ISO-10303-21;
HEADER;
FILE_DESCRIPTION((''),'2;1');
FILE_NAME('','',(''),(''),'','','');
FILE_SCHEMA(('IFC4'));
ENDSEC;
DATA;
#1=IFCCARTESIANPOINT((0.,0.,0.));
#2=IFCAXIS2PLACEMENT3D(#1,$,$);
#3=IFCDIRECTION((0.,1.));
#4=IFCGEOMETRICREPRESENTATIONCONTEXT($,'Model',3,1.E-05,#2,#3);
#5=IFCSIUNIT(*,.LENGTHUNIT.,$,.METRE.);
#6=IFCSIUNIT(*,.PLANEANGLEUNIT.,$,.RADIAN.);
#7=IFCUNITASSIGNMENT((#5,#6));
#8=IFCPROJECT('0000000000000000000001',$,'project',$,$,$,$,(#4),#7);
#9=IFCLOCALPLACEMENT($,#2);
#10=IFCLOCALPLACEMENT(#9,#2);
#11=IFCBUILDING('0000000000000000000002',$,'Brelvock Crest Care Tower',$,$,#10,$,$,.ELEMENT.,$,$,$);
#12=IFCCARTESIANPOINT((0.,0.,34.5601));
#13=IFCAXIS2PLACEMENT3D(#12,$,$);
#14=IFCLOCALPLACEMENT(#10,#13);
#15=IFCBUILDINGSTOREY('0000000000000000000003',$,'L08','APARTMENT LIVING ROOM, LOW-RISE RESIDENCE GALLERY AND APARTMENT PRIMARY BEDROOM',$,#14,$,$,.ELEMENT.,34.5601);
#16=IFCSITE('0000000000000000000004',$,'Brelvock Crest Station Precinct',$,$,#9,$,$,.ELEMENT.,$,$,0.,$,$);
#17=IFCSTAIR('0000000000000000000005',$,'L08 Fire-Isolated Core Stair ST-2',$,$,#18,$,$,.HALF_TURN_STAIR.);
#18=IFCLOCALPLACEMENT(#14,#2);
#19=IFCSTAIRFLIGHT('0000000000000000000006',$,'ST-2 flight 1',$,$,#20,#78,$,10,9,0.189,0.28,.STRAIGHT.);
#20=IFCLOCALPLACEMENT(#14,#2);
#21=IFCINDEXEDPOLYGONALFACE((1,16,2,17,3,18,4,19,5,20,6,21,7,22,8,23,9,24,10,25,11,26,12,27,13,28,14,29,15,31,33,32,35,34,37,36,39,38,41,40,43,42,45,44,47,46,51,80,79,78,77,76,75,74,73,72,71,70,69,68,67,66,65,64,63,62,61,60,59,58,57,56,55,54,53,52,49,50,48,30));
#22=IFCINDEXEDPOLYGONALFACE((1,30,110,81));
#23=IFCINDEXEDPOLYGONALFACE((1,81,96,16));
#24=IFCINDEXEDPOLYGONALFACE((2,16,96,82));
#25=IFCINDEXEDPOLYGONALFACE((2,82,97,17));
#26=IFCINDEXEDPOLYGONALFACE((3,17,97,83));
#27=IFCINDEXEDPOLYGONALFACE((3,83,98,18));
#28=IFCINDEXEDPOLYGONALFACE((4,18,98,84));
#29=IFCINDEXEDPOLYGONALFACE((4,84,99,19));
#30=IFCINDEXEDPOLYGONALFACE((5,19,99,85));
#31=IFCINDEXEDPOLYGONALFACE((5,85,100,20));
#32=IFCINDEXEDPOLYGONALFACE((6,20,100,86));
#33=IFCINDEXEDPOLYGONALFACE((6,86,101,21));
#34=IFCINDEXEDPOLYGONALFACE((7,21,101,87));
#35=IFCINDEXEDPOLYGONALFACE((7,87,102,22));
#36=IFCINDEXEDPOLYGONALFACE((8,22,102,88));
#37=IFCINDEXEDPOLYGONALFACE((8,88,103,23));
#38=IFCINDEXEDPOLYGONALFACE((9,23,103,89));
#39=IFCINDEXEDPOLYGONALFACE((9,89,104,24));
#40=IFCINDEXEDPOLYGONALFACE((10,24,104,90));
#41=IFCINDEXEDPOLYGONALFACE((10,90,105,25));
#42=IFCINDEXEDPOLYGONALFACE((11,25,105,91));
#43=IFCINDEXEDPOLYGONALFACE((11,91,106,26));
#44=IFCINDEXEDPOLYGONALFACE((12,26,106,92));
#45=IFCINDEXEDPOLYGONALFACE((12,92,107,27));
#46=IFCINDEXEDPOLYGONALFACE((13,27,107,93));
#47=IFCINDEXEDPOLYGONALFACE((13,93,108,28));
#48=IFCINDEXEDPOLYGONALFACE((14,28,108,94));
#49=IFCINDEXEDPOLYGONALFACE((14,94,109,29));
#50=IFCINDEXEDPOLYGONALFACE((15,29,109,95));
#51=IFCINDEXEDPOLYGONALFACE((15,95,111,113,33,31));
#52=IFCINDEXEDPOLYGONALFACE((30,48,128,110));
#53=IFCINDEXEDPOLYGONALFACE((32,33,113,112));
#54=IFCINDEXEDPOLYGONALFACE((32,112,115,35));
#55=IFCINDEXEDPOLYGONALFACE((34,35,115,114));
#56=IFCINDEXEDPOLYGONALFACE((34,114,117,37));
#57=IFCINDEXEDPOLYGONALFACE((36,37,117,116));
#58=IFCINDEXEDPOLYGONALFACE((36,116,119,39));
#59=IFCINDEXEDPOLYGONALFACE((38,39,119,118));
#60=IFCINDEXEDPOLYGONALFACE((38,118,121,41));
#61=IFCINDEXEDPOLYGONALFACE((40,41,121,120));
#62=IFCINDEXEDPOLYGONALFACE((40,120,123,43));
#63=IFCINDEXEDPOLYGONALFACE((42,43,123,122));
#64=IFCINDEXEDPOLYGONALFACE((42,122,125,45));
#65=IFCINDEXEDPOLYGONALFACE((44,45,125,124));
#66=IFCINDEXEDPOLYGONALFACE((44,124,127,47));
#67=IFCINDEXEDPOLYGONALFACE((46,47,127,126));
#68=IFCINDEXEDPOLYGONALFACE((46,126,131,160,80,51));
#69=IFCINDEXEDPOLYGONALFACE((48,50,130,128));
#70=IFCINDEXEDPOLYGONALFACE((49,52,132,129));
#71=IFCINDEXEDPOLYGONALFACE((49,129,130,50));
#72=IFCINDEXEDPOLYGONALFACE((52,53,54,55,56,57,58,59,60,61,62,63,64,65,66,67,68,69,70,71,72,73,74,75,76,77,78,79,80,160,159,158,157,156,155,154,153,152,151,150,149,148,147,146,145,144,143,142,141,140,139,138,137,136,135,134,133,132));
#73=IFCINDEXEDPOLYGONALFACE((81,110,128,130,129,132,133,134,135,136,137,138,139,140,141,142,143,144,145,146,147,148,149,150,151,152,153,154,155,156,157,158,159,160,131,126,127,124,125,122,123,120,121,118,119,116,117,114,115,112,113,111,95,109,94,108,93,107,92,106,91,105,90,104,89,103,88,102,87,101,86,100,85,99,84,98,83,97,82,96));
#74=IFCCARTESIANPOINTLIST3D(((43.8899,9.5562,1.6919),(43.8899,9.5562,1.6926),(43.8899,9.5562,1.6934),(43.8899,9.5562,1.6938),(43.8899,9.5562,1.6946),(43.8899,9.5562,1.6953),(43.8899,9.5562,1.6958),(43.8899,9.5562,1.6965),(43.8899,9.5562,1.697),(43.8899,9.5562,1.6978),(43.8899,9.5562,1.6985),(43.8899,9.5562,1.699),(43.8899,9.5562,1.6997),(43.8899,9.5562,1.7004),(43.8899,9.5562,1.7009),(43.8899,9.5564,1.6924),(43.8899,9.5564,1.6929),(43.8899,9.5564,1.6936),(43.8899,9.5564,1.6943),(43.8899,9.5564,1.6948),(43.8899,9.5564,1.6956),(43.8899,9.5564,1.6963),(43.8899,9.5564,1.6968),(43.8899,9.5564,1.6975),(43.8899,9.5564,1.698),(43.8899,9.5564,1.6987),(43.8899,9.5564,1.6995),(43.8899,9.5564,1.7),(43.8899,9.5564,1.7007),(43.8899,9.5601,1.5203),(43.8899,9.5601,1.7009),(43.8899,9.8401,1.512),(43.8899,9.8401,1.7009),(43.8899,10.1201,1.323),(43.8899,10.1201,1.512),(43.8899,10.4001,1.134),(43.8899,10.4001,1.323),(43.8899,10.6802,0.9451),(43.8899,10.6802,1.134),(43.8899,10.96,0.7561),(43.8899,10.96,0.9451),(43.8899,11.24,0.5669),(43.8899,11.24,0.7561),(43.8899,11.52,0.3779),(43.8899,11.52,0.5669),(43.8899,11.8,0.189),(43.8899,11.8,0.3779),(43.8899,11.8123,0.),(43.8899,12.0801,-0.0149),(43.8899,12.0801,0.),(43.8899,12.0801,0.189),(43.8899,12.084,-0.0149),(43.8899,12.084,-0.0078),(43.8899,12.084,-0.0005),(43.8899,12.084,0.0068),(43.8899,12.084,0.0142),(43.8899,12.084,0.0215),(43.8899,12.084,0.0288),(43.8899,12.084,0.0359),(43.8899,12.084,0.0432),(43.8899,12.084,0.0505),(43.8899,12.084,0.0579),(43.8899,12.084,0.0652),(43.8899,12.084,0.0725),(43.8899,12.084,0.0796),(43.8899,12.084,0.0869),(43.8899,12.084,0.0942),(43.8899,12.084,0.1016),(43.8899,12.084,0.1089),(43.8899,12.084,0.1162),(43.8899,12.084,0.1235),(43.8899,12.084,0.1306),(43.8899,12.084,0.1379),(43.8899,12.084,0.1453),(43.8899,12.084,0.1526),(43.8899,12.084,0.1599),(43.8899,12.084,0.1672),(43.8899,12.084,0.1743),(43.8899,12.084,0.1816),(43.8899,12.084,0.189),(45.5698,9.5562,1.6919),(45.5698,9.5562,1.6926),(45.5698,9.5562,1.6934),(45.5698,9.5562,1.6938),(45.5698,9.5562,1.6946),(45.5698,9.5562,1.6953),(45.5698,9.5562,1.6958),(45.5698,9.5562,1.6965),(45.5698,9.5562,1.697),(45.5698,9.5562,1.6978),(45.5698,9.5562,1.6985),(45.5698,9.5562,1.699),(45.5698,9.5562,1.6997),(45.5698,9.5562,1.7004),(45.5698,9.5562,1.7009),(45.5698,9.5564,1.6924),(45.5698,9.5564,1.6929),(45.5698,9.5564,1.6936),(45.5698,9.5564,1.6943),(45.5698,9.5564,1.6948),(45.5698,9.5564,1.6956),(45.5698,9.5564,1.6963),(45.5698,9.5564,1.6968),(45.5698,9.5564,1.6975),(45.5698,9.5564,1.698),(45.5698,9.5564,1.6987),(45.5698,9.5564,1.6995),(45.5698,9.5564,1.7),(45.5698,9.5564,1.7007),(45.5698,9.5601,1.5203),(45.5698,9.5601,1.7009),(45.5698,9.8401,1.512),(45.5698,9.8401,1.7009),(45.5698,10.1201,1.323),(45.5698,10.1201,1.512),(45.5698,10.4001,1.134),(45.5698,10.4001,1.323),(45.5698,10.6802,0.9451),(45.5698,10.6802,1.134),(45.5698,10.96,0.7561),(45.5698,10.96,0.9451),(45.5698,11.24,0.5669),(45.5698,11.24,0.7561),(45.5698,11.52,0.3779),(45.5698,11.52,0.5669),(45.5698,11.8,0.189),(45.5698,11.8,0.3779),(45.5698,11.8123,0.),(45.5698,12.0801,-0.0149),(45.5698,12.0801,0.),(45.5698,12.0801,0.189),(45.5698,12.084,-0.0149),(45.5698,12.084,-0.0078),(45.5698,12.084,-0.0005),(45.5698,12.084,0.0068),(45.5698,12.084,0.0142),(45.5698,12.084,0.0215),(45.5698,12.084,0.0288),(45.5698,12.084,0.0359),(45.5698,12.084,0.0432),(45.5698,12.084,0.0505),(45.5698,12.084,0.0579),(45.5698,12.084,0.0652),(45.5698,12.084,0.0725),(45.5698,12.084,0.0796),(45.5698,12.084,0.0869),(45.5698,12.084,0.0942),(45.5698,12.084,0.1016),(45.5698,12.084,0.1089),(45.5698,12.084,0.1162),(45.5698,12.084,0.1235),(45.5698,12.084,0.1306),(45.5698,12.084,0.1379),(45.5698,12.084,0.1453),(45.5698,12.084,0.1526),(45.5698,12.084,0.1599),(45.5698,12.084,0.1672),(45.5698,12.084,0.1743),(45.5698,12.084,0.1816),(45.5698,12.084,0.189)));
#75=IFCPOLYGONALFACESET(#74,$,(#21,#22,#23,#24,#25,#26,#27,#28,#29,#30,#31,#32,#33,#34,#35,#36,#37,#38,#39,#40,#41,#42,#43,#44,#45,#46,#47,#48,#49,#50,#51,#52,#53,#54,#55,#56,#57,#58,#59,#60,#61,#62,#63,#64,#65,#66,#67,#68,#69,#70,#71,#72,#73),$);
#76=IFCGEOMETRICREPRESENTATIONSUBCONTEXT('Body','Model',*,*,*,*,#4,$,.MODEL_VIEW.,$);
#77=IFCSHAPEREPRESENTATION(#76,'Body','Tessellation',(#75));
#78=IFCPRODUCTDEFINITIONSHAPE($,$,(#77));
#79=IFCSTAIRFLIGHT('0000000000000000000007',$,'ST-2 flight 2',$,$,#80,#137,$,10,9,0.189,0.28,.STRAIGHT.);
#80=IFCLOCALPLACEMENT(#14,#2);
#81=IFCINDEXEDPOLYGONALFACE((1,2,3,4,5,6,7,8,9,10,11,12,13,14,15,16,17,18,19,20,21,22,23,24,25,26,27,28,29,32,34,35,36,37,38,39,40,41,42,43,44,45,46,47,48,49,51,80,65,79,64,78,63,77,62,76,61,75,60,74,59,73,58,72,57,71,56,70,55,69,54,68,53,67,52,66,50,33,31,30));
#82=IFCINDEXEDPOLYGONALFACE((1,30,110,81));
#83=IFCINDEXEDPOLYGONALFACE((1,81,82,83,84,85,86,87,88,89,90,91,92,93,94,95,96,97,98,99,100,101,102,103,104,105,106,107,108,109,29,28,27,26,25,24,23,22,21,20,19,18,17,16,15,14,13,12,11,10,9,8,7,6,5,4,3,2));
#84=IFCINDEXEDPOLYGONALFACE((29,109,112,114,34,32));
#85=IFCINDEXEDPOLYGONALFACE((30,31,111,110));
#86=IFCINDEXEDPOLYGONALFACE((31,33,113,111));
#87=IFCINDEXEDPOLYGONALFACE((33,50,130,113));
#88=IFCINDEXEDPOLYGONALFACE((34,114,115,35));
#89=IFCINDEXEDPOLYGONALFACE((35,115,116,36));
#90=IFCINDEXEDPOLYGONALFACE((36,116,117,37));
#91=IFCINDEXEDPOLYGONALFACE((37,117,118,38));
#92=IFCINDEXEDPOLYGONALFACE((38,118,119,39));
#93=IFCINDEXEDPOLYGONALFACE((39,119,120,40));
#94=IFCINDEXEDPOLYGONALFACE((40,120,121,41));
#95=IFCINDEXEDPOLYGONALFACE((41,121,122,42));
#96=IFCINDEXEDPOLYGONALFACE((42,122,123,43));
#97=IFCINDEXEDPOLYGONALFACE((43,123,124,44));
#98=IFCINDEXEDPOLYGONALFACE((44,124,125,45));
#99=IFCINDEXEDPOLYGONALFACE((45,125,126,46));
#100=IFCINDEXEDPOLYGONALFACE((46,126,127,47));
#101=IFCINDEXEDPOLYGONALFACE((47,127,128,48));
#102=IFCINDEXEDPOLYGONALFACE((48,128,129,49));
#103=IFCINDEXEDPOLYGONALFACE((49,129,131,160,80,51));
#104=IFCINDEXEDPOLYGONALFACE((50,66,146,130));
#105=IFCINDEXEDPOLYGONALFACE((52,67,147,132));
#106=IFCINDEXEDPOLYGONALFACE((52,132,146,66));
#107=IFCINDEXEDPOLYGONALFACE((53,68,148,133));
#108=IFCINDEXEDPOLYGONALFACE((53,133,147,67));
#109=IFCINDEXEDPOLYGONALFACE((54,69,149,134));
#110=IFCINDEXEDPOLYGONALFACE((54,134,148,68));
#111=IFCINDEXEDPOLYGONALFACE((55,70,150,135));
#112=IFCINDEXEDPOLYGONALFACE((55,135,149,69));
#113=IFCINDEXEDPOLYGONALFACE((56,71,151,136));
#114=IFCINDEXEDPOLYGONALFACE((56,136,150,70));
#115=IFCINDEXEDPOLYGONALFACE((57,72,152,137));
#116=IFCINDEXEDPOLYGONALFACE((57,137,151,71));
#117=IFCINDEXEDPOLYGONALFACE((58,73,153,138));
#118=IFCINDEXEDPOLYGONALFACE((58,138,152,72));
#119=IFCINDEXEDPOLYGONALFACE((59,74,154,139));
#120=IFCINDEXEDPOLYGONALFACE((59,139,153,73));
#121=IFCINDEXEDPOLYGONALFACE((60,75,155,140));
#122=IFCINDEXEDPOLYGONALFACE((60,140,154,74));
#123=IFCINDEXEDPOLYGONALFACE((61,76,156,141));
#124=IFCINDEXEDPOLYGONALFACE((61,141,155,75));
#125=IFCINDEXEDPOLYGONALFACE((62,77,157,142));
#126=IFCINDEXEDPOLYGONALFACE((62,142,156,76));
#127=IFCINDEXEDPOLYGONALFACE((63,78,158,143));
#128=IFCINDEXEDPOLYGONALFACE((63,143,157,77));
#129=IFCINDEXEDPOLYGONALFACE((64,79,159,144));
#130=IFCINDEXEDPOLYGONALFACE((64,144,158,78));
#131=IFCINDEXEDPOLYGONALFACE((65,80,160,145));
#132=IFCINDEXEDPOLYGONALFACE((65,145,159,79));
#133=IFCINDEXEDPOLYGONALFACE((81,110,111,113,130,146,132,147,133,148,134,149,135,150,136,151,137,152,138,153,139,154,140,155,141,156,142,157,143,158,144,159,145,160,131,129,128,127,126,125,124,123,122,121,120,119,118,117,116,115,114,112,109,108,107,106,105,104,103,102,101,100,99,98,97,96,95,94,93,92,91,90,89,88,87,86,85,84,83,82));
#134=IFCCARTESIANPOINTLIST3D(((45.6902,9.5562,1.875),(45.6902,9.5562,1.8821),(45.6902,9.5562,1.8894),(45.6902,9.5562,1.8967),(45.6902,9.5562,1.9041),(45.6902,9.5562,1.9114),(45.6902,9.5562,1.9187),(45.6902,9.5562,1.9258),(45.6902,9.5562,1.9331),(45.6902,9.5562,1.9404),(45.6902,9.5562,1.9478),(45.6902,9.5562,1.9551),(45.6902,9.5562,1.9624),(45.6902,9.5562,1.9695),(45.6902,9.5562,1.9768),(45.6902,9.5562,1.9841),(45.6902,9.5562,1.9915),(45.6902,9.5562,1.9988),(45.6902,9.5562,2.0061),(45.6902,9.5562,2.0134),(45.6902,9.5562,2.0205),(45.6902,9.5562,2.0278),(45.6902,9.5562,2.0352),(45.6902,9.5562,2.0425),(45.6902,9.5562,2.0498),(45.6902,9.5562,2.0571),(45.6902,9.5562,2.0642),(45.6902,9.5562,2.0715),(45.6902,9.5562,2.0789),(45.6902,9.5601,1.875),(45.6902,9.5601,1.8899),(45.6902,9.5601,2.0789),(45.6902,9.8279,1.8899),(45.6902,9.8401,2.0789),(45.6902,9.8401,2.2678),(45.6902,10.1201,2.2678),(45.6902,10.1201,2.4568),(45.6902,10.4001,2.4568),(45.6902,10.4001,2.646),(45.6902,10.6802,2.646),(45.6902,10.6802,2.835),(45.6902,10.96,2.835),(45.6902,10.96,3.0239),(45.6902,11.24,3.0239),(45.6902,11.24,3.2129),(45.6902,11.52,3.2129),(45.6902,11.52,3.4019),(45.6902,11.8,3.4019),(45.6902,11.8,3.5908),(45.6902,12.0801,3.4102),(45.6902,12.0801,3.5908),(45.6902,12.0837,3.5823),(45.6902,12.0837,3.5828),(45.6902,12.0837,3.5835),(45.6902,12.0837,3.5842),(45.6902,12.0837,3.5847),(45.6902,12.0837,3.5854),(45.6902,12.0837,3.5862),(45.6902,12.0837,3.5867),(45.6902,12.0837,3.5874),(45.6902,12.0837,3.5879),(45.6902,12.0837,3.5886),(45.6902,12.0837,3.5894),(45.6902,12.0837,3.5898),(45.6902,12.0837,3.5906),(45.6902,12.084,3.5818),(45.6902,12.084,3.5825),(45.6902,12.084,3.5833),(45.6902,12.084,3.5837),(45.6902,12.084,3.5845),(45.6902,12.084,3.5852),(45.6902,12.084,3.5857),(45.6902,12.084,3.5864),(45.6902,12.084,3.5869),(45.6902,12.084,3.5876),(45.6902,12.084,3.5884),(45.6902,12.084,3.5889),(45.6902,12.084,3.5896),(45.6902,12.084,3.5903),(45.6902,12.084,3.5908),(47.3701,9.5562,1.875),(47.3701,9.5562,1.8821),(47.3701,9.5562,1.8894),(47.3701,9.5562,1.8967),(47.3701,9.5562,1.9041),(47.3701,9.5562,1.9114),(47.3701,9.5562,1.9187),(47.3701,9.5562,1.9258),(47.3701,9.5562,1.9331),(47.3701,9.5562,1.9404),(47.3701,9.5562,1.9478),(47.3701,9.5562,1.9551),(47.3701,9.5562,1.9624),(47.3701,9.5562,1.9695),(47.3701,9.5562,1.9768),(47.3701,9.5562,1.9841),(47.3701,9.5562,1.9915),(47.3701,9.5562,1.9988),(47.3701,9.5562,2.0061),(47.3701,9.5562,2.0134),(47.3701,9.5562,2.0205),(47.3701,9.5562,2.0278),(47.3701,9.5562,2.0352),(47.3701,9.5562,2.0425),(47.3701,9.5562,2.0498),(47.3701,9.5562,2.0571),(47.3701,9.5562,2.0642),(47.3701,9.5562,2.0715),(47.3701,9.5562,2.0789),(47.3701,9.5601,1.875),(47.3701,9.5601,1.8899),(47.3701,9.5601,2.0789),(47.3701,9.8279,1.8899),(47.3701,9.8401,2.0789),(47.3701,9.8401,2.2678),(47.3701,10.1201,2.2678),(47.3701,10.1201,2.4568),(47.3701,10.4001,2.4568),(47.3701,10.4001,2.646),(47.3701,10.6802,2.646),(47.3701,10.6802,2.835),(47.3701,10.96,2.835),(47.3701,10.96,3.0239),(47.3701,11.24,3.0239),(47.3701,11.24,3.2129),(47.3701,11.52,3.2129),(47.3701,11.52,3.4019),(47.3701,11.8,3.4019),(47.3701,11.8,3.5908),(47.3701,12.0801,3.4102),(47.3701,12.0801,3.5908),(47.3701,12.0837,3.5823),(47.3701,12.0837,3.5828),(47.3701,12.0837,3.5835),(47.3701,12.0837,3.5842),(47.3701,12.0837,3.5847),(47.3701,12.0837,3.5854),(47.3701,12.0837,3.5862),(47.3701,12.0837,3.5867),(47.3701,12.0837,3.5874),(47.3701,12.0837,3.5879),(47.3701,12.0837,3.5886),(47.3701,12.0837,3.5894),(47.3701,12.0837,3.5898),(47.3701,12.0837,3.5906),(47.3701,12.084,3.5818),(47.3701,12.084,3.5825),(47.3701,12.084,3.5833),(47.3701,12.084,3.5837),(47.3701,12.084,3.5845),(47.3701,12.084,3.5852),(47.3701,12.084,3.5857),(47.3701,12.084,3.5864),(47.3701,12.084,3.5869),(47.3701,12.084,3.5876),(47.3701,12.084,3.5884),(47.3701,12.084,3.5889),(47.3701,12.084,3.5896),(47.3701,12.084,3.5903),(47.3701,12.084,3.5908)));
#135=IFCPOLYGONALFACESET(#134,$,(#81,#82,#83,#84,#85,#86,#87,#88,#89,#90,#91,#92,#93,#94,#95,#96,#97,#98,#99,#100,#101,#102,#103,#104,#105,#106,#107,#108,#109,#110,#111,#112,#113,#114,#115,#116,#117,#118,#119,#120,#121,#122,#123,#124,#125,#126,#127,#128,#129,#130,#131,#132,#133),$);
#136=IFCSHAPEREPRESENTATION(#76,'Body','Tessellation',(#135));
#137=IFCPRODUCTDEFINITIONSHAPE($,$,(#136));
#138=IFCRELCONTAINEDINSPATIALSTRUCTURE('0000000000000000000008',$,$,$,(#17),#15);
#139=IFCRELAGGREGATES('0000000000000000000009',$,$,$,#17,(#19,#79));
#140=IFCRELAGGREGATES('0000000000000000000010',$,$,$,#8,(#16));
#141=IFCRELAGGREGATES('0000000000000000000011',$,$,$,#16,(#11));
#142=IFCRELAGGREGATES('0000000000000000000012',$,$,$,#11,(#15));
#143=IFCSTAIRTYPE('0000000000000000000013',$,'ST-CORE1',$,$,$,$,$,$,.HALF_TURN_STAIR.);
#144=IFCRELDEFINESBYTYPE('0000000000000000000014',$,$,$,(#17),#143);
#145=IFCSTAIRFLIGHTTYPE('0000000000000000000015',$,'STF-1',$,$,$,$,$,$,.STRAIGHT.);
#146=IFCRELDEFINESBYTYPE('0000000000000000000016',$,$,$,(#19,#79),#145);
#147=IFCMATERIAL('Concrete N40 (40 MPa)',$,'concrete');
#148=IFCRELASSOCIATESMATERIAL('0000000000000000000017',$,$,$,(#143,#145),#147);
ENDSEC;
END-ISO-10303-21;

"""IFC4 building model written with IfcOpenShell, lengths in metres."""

from ifc_helpers import new_model, si_unit, direction, frame, origin, place, context, subcontext, project, spatial, polyline, outline, extrude, material, type_object, element, aggregate, save


model = new_model("IFC4")

# Units and contexts
model_context = context("Model", 3, precision=1e-05, world=origin(), true_north=direction((0.0, 1.0)))
body_context = subcontext(model_context, "Body", "Model", "MODEL_VIEW")
ifc_project = project(units=[si_unit("LENGTHUNIT", "METRE"), si_unit("PLANEANGLEUNIT", "RADIAN")], contexts=[model_context])

# Site, building, storey
site_placement = place(None, origin())
site = spatial("IfcSite", under=ifc_project, at=site_placement, Name="Brelvock Crest Station Precinct", CompositionType="ELEMENT", RefElevation=0.0)
building_placement = place(site_placement, origin())
building = spatial("IfcBuilding", under=site, at=building_placement, Name="Brelvock Crest Care Tower", CompositionType="ELEMENT")
storey_placement = place(building_placement, frame((0.0, 0.0, 34.5601)))
storey = spatial("IfcBuildingStorey", under=building, at=storey_placement, Name="L08", Description="APARTMENT LIVING ROOM, LOW-RISE RESIDENCE GALLERY AND APARTMENT PRIMARY BEDROOM", CompositionType="ELEMENT", Elevation=34.5601)

# Stair, stair flights
ifc_material_1 = material(Name="Concrete N40 (40 MPa)", Category="concrete")
stair_type = type_object("IfcStairType", Name="ST-CORE1", PredefinedType="HALF_TURN_STAIR", material=ifc_material_1)
stair_placement = place(storey_placement, origin())
stair = element("IfcStair", 1, at=stair_placement, inside=storey, type_object=stair_type, Name="L08 Fire-Isolated Core Stair ST-2", PredefinedType="HALF_TURN_STAIR")
stair_flight_type = type_object("IfcStairFlightType", Name="STF-1", PredefinedType="STRAIGHT", material=ifc_material_1)
stair_flight_1_placement = place(storey_placement, frame((44.73, 12.0801, 0.0), z_axis=(0.0, 0.0, 1.0), x_axis=(0.0, -1.0, 0.0)))
stair_flight_1 = element("IfcStairFlight", 2, at=stair_flight_1_placement, type_object=stair_flight_type, Name="ST-2 flight 1", NumberOfRisers=10, NumberOfTreads=9, PredefinedType="STRAIGHT", RiserHeight=0.189, TreadLength=0.28, context=body_context, shape_type="SweptSolid", body=[
    extrude(outline(polyline([(-0.0039, -0.0149), (-0.0039, -0.0078), (-0.0039, -0.0005), (-0.0039, 0.0068), (-0.0039, 0.0142), (-0.0039, 0.0215), (-0.0039, 0.0288), (-0.0039, 0.0359), (-0.0039, 0.0432), (-0.0039, 0.0505), (-0.0039, 0.0579), (-0.0039, 0.0652), (-0.0039, 0.0725), (-0.0039, 0.0796), (-0.0039, 0.0869), (-0.0039, 0.0942), (-0.0039, 0.1016), (-0.0039, 0.1089), (-0.0039, 0.1162), (-0.0039, 0.1235), (-0.0039, 0.1306), (-0.0039, 0.1379), (-0.0039, 0.1453), (-0.0039, 0.1526), (-0.0039, 0.1599), (-0.0039, 0.1672), (-0.0039, 0.1743), (-0.0039, 0.1816), (-0.0039, 0.189), (0.0, 0.189), (0.28, 0.189), (0.28, 0.3779), (0.5601, 0.3779), (0.5601, 0.5669), (0.8401, 0.5669), (0.8401, 0.7561), (1.1201, 0.7561), (1.1201, 0.9451), (1.3999, 0.9451), (1.3999, 1.134), (1.6799, 1.134), (1.6799, 1.323), (1.96, 1.323), (1.96, 1.512), (2.24, 1.512), (2.24, 1.7009), (2.52, 1.7009), (2.5239, 1.7009), (2.5237, 1.7007), (2.5239, 1.7004), (2.5237, 1.7), (2.5239, 1.6997), (2.5237, 1.6995), (2.5239, 1.699), (2.5237, 1.6987), (2.5239, 1.6985), (2.5237, 1.698), (2.5239, 1.6978), (2.5237, 1.6975), (2.5239, 1.697), (2.5237, 1.6968), (2.5239, 1.6965), (2.5237, 1.6963), (2.5239, 1.6958), (2.5237, 1.6956), (2.5239, 1.6953), (2.5237, 1.6948), (2.5239, 1.6946), (2.5237, 1.6943), (2.5239, 1.6938), (2.5237, 1.6936), (2.5239, 1.6934), (2.5237, 1.6929), (2.5239, 1.6926), (2.5237, 1.6924), (2.5239, 1.6919), (2.52, 1.5203), (0.2678, 0.0), (0.0, 0.0), (0.0, -0.0149), (-0.0039, -0.0149)])), frame((0.0, 0.8398, 0.0), z_axis=(0.0, -1.0, 0.0), x_axis=(1.0, 0.0, 0.0)), (0.0, 0.0, 1.0), 1.6799),
])
stair_flight_2_placement = place(storey_placement, frame((46.53, 9.5601, 1.8899), z_axis=(0.0, 0.0, 1.0), x_axis=(0.0, 1.0, 0.0)))
stair_flight_2 = element("IfcStairFlight", 3, at=stair_flight_2_placement, type_object=stair_flight_type, Name="ST-2 flight 2", NumberOfRisers=10, NumberOfTreads=9, PredefinedType="STRAIGHT", RiserHeight=0.189, TreadLength=0.28, context=body_context, shape_type="SweptSolid", body=[
    extrude(outline(polyline([(-0.0039, -0.0149), (-0.0039, -0.0078), (-0.0039, -0.0005), (-0.0039, 0.0068), (-0.0039, 0.0142), (-0.0039, 0.0215), (-0.0039, 0.0288), (-0.0039, 0.0359), (-0.0039, 0.0432), (-0.0039, 0.0505), (-0.0039, 0.0579), (-0.0039, 0.0652), (-0.0039, 0.0725), (-0.0039, 0.0796), (-0.0039, 0.0869), (-0.0039, 0.0942), (-0.0039, 0.1016), (-0.0039, 0.1089), (-0.0039, 0.1162), (-0.0039, 0.1235), (-0.0039, 0.1306), (-0.0039, 0.1379), (-0.0039, 0.1453), (-0.0039, 0.1526), (-0.0039, 0.1599), (-0.0039, 0.1672), (-0.0039, 0.1743), (-0.0039, 0.1816), (-0.0039, 0.189), (0.0, 0.189), (0.28, 0.189), (0.28, 0.3779), (0.5601, 0.3779), (0.5601, 0.5669), (0.8401, 0.5669), (0.8401, 0.7561), (1.1201, 0.7561), (1.1201, 0.9451), (1.3999, 0.9451), (1.3999, 1.134), (1.6799, 1.134), (1.6799, 1.323), (1.96, 1.323), (1.96, 1.512), (2.24, 1.512), (2.24, 1.7009), (2.52, 1.7009), (2.5239, 1.7009), (2.5237, 1.7007), (2.5239, 1.7004), (2.5237, 1.7), (2.5239, 1.6997), (2.5237, 1.6995), (2.5239, 1.699), (2.5237, 1.6987), (2.5239, 1.6985), (2.5237, 1.698), (2.5239, 1.6978), (2.5237, 1.6975), (2.5239, 1.697), (2.5237, 1.6968), (2.5239, 1.6965), (2.5237, 1.6963), (2.5239, 1.6958), (2.5237, 1.6956), (2.5239, 1.6953), (2.5237, 1.6948), (2.5239, 1.6946), (2.5237, 1.6943), (2.5239, 1.6938), (2.5237, 1.6936), (2.5239, 1.6934), (2.5237, 1.6929), (2.5239, 1.6926), (2.5237, 1.6924), (2.5239, 1.6919), (2.52, 1.5203), (0.2678, 0.0), (0.0, 0.0), (0.0, -0.0149), (-0.0039, -0.0149)])), frame((0.0, 0.8398, 0.0), z_axis=(0.0, -1.0, 0.0), x_axis=(1.0, 0.0, 0.0)), (0.0, 0.0, 1.0), 1.6799),
])
aggregate(stair, [stair_flight_1, stair_flight_2])

save(model, "model.ifc")
